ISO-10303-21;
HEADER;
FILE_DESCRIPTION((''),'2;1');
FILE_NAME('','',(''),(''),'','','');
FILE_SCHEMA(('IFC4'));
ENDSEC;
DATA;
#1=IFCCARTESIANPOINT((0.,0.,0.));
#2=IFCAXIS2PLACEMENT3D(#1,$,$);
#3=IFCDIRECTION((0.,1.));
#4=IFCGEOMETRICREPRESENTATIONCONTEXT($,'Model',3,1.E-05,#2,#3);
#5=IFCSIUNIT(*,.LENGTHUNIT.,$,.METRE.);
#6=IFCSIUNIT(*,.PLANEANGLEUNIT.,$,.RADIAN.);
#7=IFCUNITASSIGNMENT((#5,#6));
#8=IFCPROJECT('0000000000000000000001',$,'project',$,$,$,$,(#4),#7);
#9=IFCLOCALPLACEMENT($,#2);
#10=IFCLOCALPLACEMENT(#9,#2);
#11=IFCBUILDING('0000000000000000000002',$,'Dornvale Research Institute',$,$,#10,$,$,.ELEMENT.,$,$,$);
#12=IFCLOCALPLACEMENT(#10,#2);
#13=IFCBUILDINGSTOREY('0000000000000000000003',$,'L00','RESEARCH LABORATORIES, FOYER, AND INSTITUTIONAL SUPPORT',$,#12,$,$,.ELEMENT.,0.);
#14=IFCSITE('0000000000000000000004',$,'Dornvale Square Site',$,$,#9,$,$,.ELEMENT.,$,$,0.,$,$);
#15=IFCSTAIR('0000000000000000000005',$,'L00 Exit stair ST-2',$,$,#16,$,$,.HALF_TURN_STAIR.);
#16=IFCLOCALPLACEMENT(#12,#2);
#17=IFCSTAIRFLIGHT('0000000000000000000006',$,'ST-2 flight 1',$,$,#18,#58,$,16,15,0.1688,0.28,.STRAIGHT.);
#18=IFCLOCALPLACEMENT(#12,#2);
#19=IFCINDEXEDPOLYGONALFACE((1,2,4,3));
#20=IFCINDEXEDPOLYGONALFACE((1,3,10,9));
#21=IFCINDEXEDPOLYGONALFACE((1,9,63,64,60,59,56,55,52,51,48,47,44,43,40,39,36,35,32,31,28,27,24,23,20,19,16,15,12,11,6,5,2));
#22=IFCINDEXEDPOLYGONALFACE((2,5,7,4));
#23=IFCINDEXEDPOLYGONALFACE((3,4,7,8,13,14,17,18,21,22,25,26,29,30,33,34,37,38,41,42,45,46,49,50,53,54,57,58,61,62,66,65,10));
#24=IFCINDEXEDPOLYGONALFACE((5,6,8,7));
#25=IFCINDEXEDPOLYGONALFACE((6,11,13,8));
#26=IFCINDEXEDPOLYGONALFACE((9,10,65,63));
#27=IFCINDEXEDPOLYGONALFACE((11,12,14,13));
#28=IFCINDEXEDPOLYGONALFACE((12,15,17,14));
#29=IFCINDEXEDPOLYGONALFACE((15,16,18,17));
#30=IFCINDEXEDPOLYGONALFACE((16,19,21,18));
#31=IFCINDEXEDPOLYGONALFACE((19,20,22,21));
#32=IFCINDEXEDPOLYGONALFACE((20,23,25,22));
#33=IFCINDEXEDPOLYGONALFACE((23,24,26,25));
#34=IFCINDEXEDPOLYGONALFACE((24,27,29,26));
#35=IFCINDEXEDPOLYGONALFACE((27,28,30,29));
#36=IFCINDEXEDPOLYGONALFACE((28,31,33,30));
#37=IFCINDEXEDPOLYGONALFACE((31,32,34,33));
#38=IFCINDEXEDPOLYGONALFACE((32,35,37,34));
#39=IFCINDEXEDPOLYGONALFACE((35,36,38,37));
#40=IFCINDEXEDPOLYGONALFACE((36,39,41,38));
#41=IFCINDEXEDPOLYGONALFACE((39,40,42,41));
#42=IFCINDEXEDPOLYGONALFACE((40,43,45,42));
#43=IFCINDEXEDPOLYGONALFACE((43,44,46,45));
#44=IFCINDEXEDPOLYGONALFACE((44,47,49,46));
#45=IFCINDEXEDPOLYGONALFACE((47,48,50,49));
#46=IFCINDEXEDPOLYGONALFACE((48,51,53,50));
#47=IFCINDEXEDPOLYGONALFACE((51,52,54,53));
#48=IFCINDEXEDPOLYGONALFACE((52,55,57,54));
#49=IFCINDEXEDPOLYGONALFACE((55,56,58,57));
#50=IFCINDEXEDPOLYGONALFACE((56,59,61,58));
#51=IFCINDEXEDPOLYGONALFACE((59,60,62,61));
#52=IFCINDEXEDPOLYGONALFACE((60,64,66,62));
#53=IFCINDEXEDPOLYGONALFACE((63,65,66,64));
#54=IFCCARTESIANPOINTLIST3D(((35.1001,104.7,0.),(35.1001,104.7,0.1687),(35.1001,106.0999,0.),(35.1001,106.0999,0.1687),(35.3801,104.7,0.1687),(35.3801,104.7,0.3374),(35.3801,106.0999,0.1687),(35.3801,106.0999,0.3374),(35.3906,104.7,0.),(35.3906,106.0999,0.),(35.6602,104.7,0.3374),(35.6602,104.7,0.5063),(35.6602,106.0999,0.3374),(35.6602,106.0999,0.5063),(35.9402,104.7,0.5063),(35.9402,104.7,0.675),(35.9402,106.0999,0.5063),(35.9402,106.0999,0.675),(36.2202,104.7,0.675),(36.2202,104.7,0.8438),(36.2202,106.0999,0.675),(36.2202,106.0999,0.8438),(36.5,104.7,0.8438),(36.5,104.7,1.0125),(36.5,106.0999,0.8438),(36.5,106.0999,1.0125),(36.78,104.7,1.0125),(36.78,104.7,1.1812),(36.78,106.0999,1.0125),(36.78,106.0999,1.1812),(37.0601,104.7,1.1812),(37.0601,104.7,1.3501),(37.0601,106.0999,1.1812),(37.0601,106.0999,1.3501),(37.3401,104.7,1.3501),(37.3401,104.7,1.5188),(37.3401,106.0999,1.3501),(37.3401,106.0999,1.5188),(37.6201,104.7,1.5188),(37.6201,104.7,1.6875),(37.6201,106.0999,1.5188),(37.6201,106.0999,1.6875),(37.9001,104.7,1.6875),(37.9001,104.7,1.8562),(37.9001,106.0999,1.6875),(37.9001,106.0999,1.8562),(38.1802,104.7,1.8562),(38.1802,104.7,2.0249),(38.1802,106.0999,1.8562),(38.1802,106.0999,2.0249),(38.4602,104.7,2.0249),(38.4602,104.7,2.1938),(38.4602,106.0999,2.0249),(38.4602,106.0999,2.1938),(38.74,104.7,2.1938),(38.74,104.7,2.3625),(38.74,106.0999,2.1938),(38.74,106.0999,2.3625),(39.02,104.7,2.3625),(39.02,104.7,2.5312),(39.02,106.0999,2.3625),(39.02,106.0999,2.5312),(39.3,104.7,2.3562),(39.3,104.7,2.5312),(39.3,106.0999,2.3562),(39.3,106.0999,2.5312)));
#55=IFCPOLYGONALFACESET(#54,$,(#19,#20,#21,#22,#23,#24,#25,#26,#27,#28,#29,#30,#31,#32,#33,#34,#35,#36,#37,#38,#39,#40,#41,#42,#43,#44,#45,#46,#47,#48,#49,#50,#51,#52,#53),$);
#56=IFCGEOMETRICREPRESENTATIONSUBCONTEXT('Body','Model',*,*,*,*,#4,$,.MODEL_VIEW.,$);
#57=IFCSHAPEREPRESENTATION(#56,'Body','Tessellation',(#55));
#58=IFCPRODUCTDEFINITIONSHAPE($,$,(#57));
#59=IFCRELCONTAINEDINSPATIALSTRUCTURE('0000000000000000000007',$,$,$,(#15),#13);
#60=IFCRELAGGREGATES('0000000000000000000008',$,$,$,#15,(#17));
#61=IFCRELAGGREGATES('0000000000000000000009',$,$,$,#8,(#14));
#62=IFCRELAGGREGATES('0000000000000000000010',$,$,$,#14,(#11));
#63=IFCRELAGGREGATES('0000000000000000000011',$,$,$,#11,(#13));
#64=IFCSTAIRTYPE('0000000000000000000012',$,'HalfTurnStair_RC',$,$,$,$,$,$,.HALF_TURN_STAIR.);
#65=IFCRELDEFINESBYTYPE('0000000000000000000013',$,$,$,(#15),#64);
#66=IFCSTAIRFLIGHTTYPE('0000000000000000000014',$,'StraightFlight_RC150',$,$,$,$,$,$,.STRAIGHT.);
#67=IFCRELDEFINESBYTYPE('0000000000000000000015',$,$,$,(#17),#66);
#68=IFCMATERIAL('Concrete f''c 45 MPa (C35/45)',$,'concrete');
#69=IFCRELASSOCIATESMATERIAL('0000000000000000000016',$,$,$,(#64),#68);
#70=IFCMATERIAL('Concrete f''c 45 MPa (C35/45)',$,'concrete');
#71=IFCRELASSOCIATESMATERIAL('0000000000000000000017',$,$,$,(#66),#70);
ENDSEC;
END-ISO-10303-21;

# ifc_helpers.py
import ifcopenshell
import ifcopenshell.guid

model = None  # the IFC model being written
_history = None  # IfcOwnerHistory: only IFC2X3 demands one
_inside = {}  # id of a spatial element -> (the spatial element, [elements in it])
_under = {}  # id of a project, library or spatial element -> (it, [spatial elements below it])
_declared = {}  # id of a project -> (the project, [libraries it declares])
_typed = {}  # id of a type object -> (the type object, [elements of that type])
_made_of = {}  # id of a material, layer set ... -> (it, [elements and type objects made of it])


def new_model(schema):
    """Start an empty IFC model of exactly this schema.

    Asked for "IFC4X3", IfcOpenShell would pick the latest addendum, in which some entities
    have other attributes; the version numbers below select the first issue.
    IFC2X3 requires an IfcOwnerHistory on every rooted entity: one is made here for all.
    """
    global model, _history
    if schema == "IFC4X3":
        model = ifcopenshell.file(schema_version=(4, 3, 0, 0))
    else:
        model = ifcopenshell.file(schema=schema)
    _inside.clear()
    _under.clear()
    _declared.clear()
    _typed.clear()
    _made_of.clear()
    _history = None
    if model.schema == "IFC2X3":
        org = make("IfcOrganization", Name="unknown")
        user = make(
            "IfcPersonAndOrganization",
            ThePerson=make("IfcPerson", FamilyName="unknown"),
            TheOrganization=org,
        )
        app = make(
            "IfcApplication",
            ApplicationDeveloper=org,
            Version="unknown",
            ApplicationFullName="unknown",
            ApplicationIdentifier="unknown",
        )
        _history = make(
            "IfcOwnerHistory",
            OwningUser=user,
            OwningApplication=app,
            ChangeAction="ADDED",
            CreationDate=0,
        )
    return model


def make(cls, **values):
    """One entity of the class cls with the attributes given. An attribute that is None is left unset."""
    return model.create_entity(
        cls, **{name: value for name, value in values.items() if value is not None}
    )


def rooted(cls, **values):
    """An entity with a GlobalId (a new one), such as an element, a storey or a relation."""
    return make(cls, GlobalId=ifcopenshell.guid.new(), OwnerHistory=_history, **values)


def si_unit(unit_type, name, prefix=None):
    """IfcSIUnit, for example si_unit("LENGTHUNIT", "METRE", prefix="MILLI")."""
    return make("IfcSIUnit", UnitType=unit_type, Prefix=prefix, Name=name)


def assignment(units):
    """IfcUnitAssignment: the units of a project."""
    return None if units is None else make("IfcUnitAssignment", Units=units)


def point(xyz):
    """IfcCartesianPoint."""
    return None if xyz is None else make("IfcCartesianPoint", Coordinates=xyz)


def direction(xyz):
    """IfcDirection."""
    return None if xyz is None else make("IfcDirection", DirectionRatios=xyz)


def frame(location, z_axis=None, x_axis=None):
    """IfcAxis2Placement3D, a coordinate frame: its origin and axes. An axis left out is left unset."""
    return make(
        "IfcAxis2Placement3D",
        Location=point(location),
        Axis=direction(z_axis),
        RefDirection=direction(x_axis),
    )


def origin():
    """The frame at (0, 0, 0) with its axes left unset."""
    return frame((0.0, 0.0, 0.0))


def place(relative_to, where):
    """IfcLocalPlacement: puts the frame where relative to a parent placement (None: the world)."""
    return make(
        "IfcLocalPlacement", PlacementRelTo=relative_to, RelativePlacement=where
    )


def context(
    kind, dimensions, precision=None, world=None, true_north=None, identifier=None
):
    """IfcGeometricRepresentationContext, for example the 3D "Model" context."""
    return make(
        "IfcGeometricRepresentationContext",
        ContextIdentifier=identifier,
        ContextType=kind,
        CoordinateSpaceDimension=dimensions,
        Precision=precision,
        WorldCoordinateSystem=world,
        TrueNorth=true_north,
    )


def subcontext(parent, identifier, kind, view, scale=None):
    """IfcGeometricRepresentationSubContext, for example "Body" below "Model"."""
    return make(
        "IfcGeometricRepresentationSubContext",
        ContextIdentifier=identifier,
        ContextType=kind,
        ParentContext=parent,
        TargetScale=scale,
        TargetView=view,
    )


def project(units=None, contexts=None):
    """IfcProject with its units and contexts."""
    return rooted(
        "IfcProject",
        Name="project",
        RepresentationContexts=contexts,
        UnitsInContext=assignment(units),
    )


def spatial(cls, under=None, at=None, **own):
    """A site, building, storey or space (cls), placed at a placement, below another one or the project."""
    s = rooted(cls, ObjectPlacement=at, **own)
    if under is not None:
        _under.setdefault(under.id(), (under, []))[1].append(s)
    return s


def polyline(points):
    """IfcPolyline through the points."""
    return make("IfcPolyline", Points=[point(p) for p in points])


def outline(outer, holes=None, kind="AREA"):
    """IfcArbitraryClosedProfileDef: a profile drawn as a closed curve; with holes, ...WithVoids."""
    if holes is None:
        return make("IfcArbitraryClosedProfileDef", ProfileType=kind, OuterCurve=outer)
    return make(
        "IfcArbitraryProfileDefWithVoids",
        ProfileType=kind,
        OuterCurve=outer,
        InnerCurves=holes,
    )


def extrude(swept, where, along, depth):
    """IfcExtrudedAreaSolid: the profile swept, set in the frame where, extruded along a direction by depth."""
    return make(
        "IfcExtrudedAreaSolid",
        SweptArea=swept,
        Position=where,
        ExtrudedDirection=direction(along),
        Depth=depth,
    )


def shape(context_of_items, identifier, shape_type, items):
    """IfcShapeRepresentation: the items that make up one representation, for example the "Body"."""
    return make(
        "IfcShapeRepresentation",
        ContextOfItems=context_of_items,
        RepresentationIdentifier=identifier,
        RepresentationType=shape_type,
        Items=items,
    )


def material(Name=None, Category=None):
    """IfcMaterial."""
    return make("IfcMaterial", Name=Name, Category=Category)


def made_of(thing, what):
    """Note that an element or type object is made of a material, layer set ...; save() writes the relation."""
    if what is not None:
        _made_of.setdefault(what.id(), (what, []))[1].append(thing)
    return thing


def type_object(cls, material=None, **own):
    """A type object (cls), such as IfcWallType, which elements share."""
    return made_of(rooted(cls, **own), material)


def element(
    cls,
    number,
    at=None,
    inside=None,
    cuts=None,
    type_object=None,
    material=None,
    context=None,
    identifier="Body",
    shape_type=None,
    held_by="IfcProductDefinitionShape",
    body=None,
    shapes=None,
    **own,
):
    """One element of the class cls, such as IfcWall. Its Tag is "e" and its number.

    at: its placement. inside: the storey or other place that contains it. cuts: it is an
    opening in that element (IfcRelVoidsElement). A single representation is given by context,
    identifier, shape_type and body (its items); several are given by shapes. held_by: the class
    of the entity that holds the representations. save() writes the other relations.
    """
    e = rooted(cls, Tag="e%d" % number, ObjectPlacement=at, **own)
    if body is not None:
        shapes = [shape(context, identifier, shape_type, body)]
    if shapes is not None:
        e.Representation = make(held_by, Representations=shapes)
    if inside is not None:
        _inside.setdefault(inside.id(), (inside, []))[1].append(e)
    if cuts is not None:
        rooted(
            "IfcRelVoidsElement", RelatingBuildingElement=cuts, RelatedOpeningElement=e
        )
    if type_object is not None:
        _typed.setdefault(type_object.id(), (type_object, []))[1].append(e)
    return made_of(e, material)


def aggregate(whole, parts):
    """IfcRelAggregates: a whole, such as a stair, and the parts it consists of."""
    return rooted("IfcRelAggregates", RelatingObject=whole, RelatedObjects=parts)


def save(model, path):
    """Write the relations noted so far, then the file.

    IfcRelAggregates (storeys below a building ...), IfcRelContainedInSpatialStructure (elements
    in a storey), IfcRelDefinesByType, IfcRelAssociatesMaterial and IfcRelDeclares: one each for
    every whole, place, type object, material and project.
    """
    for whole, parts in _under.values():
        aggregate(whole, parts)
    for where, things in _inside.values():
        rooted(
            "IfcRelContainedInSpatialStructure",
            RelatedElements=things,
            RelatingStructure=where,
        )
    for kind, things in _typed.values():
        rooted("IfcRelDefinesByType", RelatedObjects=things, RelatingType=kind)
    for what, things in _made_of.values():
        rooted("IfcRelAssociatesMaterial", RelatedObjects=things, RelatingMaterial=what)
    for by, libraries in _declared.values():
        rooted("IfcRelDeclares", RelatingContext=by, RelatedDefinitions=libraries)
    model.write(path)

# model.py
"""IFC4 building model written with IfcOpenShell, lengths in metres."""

from ifc_helpers import new_model, si_unit, direction, frame, origin, place, context, subcontext, project, spatial, polyline, outline, extrude, material, type_object, element, aggregate, save


model = new_model("IFC4")

# Units and contexts
model_context = context("Model", 3, precision=1e-05, world=origin(), true_north=direction((0.0, 1.0)))
body_context = subcontext(model_context, "Body", "Model", "MODEL_VIEW")
ifc_project = project(units=[si_unit("LENGTHUNIT", "METRE"), si_unit("PLANEANGLEUNIT", "RADIAN")], contexts=[model_context])

# Site, building, storey
site_placement = place(None, origin())
site = spatial("IfcSite", under=ifc_project, at=site_placement, Name="Dornvale Square Site", CompositionType="ELEMENT", RefElevation=0.0)
building_placement = place(site_placement, origin())
building = spatial("IfcBuilding", under=site, at=building_placement, Name="Dornvale Research Institute", CompositionType="ELEMENT")
storey_placement = place(building_placement, origin())
storey = spatial("IfcBuildingStorey", under=building, at=storey_placement, Name="L00", Description="RESEARCH LABORATORIES, FOYER, AND INSTITUTIONAL SUPPORT", CompositionType="ELEMENT", Elevation=0.0)

# Stair, stair flight
ifc_material_1 = material(Name="Concrete f'c 45 MPa (C35/45)", Category="concrete")
stair_type = type_object("IfcStairType", Name="HalfTurnStair_RC", PredefinedType="HALF_TURN_STAIR", material=ifc_material_1)
stair_placement = place(storey_placement, origin())
stair = element("IfcStair", 1, at=stair_placement, inside=storey, type_object=stair_type, Name="L00 Exit stair ST-2", PredefinedType="HALF_TURN_STAIR")
ifc_material_2 = material(Name="Concrete f'c 45 MPa (C35/45)", Category="concrete")
stair_flight_type = type_object("IfcStairFlightType", Name="StraightFlight_RC150", PredefinedType="STRAIGHT", material=ifc_material_2)
stair_flight_placement = place(storey_placement, frame((35.1001, 105.3999, 0.0), z_axis=(0.0, 0.0, 1.0), x_axis=(1.0, 0.0, 0.0)))
stair_flight = element("IfcStairFlight", 2, at=stair_flight_placement, type_object=stair_flight_type, Name="ST-2 flight 1", NumberOfRisers=16, NumberOfTreads=15, PredefinedType="STRAIGHT", RiserHeight=0.1688, TreadLength=0.28, context=body_context, shape_type="SweptSolid", body=[
    extrude(outline(polyline([(0.0, 0.0), (0.0, 0.1687), (0.28, 0.1687), (0.28, 0.3374), (0.5601, 0.3374), (0.5601, 0.5063), (0.8401, 0.5063), (0.8401, 0.675), (1.1201, 0.675), (1.1201, 0.8438), (1.3999, 0.8438), (1.3999, 1.0125), (1.6799, 1.0125), (1.6799, 1.1812), (1.96, 1.1812), (1.96, 1.3501), (2.24, 1.3501), (2.24, 1.5188), (2.52, 1.5188), (2.52, 1.6875), (2.8, 1.6875), (2.8, 1.8562), (3.0801, 1.8562), (3.0801, 2.0249), (3.3601, 2.0249), (3.3601, 2.1938), (3.6399, 2.1938), (3.6399, 2.3625), (3.9199, 2.3625), (3.9199, 2.5312), (4.2, 2.5312), (4.2, 2.7), (4.2, 2.3562), (0.2905, 0.0), (0.0, 0.0)])), frame((0.0, 0.7, 0.0), z_axis=(0.0, -1.0, 0.0), x_axis=(1.0, 0.0, 0.0)), (0.0, 0.0, 1.0), 1.3999),
])
aggregate(stair, [stair_flight])

save(model, "model.ifc")
